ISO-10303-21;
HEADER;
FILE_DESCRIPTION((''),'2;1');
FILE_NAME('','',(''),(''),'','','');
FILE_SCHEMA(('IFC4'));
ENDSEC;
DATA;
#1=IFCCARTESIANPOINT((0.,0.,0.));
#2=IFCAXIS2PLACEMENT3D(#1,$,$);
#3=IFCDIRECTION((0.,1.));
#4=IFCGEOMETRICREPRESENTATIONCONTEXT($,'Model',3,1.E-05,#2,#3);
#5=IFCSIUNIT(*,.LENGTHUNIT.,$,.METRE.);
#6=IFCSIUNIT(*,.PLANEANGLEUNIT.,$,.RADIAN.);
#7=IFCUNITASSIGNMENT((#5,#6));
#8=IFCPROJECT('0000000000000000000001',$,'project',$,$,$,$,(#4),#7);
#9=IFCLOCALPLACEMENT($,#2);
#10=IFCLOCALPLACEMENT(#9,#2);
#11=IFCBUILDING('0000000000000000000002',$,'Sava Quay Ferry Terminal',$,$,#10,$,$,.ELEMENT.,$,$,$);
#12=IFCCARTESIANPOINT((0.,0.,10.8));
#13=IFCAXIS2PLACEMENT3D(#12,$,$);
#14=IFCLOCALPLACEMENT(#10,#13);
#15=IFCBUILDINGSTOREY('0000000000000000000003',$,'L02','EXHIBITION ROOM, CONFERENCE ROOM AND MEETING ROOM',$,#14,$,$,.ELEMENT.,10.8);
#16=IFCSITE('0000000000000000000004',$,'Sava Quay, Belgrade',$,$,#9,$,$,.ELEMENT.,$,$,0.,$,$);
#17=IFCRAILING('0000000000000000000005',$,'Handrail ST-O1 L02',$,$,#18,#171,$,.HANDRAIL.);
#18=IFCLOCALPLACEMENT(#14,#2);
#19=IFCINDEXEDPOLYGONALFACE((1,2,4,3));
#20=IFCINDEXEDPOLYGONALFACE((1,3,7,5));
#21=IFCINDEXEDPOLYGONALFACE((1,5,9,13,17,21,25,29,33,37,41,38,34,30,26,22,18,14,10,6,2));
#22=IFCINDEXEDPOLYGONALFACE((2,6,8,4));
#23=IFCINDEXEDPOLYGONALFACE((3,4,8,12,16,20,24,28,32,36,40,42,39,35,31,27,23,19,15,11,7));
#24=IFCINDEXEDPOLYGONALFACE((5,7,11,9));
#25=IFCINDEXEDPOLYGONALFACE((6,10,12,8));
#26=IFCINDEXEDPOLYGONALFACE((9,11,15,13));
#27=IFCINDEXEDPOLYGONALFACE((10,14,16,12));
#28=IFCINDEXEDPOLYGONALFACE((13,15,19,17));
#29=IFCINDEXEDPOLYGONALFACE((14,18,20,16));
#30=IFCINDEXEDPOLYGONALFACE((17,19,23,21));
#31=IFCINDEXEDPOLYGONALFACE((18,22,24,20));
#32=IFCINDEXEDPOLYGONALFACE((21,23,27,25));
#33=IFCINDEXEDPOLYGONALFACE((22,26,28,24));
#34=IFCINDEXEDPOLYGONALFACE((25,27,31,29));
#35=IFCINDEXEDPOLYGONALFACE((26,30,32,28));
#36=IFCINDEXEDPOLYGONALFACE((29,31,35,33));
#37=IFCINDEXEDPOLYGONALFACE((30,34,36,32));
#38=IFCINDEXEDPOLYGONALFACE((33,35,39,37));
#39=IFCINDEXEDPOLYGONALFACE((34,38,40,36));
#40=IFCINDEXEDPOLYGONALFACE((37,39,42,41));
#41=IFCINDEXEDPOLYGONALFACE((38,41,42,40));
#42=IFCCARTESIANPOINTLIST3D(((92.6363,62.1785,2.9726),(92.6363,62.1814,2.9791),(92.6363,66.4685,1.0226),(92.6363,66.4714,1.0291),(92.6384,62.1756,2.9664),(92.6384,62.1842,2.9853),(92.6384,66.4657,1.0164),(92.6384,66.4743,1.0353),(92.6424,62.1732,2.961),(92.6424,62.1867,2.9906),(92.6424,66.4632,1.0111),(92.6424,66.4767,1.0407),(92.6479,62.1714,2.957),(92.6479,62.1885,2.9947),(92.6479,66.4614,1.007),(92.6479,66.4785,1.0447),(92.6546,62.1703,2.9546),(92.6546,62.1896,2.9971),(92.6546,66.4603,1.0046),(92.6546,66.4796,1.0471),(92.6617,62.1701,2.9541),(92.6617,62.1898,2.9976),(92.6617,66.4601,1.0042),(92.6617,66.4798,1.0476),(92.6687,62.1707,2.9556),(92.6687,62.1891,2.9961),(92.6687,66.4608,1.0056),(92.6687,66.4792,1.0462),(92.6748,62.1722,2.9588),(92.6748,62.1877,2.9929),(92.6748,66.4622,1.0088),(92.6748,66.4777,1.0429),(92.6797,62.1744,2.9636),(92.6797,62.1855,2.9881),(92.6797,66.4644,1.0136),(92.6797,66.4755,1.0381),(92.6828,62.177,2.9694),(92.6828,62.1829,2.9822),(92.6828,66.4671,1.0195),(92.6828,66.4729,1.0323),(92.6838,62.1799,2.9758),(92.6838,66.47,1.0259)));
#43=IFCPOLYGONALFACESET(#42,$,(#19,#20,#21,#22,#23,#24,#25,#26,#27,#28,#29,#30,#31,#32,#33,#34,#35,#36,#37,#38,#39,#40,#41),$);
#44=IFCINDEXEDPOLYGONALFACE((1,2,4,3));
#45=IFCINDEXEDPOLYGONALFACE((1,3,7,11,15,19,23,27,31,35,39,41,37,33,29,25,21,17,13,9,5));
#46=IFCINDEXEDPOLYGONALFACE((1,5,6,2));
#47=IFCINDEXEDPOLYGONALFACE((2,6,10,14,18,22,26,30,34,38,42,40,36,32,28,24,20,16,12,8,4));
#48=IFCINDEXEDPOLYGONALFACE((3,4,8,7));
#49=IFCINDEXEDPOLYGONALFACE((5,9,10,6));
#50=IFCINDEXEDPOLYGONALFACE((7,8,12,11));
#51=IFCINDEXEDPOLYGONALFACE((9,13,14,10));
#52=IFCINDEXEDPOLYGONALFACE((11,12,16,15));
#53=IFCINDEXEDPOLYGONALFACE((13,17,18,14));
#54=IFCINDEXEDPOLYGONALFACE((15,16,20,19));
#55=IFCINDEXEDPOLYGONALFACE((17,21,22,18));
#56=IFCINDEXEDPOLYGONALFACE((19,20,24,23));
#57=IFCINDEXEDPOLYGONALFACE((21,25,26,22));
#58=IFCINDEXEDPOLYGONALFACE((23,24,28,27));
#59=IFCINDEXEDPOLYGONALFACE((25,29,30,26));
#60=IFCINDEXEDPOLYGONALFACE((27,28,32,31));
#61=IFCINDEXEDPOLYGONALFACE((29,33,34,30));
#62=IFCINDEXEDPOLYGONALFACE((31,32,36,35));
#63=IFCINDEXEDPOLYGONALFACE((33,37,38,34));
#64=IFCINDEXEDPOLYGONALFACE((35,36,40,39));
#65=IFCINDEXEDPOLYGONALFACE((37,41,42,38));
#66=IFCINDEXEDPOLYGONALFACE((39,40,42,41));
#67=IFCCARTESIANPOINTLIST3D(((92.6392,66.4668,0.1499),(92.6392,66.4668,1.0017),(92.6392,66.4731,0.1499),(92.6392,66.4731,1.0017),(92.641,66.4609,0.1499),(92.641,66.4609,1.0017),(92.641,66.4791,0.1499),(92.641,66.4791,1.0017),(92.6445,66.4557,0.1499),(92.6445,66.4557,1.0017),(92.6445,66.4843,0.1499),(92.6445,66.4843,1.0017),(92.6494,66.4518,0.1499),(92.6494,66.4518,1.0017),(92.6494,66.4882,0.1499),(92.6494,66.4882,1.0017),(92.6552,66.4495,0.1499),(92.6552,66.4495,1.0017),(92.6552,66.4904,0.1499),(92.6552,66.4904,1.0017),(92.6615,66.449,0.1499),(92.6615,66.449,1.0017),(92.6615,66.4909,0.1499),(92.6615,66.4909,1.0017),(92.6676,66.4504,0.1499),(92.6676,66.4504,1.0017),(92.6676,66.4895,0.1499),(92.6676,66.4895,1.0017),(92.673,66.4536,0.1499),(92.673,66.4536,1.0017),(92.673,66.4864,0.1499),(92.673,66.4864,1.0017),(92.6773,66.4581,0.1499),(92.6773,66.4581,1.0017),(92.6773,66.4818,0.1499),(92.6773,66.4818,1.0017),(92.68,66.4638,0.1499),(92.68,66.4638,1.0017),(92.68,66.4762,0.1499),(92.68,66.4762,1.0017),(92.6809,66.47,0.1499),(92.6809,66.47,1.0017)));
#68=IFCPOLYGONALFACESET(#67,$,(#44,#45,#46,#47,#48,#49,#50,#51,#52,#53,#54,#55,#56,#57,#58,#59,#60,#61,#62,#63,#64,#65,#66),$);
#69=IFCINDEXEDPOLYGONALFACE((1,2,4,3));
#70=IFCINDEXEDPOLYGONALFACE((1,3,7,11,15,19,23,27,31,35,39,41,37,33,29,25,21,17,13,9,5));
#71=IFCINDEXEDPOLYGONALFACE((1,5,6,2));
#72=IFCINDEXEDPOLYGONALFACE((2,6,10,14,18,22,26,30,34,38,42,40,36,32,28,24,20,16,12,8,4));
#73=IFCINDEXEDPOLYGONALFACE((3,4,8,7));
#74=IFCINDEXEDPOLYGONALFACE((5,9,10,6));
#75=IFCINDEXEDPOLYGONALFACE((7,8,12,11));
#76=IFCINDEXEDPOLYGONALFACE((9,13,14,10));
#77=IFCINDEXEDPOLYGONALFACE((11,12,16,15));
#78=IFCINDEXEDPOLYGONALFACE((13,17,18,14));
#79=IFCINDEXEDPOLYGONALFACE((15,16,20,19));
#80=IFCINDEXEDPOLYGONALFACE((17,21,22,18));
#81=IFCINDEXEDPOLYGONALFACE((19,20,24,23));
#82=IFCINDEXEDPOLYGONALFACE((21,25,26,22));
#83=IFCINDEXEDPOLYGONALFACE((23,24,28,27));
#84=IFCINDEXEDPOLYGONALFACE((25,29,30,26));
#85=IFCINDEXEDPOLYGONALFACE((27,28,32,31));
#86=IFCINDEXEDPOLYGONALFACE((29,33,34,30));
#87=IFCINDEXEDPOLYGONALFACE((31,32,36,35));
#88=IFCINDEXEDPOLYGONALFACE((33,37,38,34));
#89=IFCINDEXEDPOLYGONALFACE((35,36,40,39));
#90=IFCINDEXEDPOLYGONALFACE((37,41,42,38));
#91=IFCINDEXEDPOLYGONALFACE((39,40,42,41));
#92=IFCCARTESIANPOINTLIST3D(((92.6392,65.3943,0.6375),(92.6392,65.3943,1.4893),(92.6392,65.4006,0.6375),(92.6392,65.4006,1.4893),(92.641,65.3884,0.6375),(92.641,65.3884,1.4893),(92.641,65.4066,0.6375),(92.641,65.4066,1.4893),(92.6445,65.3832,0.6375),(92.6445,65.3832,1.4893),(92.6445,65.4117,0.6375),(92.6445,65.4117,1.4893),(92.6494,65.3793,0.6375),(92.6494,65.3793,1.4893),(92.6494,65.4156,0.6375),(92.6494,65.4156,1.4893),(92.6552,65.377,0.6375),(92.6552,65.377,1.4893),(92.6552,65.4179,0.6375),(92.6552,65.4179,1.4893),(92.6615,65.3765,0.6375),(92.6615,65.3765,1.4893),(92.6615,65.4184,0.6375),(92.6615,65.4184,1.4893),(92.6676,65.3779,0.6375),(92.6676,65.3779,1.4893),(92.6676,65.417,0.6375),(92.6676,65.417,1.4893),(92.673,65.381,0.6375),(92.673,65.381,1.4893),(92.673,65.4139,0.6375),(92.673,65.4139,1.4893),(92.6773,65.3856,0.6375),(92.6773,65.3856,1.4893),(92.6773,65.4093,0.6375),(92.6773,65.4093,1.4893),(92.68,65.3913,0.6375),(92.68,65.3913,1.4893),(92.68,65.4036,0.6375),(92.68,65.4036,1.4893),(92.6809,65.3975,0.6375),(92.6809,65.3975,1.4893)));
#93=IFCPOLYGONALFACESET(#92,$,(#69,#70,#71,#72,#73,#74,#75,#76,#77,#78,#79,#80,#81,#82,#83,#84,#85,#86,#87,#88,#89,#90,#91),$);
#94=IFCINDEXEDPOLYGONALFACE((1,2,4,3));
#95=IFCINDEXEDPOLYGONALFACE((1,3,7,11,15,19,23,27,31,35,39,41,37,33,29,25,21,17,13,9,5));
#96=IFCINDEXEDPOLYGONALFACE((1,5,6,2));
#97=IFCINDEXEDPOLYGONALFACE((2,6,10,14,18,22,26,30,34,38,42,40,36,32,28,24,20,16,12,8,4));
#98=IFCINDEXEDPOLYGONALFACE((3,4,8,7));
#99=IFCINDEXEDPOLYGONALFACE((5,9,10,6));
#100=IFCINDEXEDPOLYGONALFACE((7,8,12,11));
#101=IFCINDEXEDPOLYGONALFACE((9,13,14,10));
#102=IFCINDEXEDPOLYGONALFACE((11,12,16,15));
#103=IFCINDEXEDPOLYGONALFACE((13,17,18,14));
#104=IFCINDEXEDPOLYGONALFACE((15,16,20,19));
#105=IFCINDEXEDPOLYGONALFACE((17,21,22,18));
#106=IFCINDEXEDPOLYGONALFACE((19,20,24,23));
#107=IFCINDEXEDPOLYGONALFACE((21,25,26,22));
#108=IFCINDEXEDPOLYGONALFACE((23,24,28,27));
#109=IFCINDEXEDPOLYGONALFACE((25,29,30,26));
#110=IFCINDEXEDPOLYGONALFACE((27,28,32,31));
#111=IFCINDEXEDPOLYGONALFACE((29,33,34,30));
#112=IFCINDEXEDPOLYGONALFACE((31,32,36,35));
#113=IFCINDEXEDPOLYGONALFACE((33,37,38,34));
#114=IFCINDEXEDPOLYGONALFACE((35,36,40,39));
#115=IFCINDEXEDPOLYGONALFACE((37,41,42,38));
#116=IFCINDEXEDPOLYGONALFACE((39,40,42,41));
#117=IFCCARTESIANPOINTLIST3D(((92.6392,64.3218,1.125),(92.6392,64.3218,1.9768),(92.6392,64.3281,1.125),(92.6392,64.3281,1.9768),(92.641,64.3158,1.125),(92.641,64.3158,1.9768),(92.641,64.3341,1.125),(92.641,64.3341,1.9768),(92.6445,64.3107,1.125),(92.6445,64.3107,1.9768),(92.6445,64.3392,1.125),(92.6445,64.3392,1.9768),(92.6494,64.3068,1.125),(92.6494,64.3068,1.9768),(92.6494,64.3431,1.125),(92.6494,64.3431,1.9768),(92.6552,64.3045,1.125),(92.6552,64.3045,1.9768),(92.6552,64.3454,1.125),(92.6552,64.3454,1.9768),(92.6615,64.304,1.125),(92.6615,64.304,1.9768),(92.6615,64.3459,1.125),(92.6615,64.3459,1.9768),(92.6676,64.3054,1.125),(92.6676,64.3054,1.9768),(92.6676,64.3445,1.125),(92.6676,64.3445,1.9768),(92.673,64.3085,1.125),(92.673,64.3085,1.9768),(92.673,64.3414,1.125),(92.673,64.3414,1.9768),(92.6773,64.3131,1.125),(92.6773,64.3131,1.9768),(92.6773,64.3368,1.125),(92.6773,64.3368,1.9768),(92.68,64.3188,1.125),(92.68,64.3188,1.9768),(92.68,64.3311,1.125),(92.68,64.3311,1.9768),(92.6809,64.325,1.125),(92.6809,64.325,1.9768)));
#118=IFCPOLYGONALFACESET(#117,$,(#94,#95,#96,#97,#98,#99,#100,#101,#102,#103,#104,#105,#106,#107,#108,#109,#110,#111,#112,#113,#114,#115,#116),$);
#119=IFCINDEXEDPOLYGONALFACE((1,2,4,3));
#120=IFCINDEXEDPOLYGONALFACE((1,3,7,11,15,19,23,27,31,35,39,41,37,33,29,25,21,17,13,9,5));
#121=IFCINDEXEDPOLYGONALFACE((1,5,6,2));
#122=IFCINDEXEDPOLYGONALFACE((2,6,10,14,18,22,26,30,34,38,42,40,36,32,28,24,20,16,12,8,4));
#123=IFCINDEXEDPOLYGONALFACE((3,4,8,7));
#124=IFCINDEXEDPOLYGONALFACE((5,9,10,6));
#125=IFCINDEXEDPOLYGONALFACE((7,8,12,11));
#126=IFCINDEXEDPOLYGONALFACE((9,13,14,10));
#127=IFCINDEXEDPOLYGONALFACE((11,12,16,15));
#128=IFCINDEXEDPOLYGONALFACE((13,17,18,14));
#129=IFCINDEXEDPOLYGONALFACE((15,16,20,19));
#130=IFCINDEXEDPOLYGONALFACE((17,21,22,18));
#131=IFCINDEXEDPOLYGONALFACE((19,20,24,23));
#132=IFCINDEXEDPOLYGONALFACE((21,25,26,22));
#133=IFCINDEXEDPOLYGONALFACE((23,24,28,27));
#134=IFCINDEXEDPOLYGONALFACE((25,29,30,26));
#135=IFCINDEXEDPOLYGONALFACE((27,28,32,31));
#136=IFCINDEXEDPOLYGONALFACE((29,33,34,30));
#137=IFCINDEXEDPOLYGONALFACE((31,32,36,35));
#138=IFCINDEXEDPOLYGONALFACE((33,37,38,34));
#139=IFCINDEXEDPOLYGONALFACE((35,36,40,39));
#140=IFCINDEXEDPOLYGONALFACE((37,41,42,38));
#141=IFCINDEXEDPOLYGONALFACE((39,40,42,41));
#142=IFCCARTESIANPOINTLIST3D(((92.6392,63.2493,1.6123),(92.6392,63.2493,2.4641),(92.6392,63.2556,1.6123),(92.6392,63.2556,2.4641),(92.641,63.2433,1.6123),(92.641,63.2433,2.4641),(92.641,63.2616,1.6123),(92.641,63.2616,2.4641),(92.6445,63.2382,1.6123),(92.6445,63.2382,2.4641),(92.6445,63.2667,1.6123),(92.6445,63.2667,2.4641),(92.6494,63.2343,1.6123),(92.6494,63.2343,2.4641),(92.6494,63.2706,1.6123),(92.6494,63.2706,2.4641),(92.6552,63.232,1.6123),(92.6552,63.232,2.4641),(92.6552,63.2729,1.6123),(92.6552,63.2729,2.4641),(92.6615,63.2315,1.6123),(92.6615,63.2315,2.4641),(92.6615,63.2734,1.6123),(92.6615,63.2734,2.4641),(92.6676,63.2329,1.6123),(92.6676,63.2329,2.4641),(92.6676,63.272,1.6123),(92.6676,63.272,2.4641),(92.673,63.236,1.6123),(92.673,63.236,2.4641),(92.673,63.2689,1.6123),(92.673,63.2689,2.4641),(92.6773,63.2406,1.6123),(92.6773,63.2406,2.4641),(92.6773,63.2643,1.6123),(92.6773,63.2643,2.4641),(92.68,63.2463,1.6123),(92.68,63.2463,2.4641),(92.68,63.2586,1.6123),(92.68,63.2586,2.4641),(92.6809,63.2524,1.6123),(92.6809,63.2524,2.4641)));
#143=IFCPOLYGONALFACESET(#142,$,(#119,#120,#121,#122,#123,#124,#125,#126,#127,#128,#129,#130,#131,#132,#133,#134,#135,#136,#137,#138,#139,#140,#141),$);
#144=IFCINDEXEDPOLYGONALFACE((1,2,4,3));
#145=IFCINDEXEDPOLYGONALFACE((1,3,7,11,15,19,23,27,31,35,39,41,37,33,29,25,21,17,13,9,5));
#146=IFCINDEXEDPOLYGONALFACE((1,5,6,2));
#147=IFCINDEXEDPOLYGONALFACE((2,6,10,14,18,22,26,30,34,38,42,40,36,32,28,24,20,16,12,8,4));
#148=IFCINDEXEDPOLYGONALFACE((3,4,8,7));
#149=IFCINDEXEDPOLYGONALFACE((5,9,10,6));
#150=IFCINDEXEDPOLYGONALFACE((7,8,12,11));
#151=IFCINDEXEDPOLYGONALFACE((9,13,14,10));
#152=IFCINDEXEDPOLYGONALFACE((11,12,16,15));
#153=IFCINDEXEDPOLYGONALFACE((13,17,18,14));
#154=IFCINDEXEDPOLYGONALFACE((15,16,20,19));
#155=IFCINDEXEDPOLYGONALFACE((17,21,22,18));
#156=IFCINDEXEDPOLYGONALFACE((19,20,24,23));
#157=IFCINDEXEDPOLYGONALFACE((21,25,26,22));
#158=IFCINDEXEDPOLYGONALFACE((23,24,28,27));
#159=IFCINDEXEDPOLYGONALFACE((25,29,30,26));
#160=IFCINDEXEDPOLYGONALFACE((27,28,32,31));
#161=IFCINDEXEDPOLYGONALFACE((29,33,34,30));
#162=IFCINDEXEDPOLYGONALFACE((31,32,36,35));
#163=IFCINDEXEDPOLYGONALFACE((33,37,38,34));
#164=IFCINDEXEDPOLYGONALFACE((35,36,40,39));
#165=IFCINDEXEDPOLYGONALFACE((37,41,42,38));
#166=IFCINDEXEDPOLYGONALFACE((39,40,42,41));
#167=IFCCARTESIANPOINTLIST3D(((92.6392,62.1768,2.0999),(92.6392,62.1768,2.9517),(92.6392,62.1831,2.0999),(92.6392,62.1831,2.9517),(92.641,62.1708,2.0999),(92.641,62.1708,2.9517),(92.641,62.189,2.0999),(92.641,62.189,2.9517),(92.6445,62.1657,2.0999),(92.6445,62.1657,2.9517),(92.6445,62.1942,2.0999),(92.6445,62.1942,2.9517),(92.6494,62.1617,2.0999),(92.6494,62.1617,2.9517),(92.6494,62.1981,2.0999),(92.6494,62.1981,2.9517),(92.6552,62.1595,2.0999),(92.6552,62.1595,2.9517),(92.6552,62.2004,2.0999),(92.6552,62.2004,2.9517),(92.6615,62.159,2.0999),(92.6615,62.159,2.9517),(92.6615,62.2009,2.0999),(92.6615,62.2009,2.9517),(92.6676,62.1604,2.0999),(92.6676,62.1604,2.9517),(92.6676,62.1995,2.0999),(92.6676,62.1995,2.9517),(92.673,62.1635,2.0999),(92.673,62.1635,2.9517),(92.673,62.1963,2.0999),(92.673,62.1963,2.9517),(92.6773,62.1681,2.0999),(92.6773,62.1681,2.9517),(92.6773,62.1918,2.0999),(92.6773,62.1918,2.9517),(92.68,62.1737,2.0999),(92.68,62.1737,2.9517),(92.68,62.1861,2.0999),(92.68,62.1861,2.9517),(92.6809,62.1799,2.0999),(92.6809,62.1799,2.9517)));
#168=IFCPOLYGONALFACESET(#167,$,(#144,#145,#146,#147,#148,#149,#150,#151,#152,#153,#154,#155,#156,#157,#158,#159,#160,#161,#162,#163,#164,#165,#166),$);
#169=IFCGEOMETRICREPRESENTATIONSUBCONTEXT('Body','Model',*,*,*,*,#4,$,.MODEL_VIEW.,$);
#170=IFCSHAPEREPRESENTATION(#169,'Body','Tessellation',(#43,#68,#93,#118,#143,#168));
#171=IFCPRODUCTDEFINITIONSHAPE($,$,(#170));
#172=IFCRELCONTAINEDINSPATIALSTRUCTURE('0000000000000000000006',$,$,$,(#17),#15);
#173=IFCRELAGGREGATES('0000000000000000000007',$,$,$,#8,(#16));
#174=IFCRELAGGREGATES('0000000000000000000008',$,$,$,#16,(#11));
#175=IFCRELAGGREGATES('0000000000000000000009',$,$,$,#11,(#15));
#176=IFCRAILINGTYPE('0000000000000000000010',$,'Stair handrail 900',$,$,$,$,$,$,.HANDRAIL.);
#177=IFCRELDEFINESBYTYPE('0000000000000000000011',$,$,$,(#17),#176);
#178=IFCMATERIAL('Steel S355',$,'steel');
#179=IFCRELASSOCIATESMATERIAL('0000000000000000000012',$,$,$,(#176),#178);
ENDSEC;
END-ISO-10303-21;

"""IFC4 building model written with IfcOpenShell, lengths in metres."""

from ifc_helpers import new_model, si_unit, direction, frame, origin, origin_2d, place, context, subcontext, project, spatial, circle, extrude, material, type_object, element, save


model = new_model("IFC4")

# Units and contexts
model_context = context("Model", 3, precision=1e-05, world=origin(), true_north=direction((0.0, 1.0)))
body_context = subcontext(model_context, "Body", "Model", "MODEL_VIEW")
ifc_project = project(units=[si_unit("LENGTHUNIT", "METRE"), si_unit("PLANEANGLEUNIT", "RADIAN")], contexts=[model_context])

# Site, building, storey
site_placement = place(None, origin())
site = spatial("IfcSite", under=ifc_project, at=site_placement, Name="Sava Quay, Belgrade", CompositionType="ELEMENT", RefElevation=0.0)
building_placement = place(site_placement, origin())
building = spatial("IfcBuilding", under=site, at=building_placement, Name="Sava Quay Ferry Terminal", CompositionType="ELEMENT")
storey_placement = place(building_placement, frame((0.0, 0.0, 10.8)))
storey = spatial("IfcBuildingStorey", under=building, at=storey_placement, Name="L02", Description="EXHIBITION ROOM, CONFERENCE ROOM AND MEETING ROOM", CompositionType="ELEMENT", Elevation=10.8)

# Railing
ifc_material_1 = material(Name="Steel S355", Category="steel")
railing_type_1 = type_object("IfcRailingType", Name="Stair handrail 900", PredefinedType="HANDRAIL", material=ifc_material_1)
railing_1_placement = place(storey_placement, frame((92.6599, 66.47, 0.1499)))
element("IfcRailing", 1, at=railing_1_placement, inside=storey, type_object=railing_type_1, Name="Handrail ST-O1 L02", PredefinedType="HANDRAIL", context=body_context, shape_type="SweptSolid", body=[
    extrude(circle(Radius=0.0239, at=origin_2d()), frame((0.0, 0.0, 0.876), z_axis=(0.0, -0.910372, 0.413791), x_axis=(1.0, 0.0, 0.0)), (0.0, 0.0, 1.0), 4.7124),
    extrude(circle(Radius=0.021, at=origin_2d()), origin(), (0.0, 0.0, 1.0), 0.8518),
    extrude(circle(Radius=0.021, at=origin_2d()), frame((0.0, -1.0725, 0.4875)), (0.0, 0.0, 1.0), 0.8518),
    extrude(circle(Radius=0.021, at=origin_2d()), frame((0.0, -2.145, 0.9751)), (0.0, 0.0, 1.0), 0.8518),
    extrude(circle(Radius=0.021, at=origin_2d()), frame((0.0, -3.2175, 1.4624)), (0.0, 0.0, 1.0), 0.8518),
    extrude(circle(Radius=0.021, at=origin_2d()), frame((0.0, -4.29, 1.95)), (0.0, 0.0, 1.0), 0.8518),
])

save(model, "model.ifc")
